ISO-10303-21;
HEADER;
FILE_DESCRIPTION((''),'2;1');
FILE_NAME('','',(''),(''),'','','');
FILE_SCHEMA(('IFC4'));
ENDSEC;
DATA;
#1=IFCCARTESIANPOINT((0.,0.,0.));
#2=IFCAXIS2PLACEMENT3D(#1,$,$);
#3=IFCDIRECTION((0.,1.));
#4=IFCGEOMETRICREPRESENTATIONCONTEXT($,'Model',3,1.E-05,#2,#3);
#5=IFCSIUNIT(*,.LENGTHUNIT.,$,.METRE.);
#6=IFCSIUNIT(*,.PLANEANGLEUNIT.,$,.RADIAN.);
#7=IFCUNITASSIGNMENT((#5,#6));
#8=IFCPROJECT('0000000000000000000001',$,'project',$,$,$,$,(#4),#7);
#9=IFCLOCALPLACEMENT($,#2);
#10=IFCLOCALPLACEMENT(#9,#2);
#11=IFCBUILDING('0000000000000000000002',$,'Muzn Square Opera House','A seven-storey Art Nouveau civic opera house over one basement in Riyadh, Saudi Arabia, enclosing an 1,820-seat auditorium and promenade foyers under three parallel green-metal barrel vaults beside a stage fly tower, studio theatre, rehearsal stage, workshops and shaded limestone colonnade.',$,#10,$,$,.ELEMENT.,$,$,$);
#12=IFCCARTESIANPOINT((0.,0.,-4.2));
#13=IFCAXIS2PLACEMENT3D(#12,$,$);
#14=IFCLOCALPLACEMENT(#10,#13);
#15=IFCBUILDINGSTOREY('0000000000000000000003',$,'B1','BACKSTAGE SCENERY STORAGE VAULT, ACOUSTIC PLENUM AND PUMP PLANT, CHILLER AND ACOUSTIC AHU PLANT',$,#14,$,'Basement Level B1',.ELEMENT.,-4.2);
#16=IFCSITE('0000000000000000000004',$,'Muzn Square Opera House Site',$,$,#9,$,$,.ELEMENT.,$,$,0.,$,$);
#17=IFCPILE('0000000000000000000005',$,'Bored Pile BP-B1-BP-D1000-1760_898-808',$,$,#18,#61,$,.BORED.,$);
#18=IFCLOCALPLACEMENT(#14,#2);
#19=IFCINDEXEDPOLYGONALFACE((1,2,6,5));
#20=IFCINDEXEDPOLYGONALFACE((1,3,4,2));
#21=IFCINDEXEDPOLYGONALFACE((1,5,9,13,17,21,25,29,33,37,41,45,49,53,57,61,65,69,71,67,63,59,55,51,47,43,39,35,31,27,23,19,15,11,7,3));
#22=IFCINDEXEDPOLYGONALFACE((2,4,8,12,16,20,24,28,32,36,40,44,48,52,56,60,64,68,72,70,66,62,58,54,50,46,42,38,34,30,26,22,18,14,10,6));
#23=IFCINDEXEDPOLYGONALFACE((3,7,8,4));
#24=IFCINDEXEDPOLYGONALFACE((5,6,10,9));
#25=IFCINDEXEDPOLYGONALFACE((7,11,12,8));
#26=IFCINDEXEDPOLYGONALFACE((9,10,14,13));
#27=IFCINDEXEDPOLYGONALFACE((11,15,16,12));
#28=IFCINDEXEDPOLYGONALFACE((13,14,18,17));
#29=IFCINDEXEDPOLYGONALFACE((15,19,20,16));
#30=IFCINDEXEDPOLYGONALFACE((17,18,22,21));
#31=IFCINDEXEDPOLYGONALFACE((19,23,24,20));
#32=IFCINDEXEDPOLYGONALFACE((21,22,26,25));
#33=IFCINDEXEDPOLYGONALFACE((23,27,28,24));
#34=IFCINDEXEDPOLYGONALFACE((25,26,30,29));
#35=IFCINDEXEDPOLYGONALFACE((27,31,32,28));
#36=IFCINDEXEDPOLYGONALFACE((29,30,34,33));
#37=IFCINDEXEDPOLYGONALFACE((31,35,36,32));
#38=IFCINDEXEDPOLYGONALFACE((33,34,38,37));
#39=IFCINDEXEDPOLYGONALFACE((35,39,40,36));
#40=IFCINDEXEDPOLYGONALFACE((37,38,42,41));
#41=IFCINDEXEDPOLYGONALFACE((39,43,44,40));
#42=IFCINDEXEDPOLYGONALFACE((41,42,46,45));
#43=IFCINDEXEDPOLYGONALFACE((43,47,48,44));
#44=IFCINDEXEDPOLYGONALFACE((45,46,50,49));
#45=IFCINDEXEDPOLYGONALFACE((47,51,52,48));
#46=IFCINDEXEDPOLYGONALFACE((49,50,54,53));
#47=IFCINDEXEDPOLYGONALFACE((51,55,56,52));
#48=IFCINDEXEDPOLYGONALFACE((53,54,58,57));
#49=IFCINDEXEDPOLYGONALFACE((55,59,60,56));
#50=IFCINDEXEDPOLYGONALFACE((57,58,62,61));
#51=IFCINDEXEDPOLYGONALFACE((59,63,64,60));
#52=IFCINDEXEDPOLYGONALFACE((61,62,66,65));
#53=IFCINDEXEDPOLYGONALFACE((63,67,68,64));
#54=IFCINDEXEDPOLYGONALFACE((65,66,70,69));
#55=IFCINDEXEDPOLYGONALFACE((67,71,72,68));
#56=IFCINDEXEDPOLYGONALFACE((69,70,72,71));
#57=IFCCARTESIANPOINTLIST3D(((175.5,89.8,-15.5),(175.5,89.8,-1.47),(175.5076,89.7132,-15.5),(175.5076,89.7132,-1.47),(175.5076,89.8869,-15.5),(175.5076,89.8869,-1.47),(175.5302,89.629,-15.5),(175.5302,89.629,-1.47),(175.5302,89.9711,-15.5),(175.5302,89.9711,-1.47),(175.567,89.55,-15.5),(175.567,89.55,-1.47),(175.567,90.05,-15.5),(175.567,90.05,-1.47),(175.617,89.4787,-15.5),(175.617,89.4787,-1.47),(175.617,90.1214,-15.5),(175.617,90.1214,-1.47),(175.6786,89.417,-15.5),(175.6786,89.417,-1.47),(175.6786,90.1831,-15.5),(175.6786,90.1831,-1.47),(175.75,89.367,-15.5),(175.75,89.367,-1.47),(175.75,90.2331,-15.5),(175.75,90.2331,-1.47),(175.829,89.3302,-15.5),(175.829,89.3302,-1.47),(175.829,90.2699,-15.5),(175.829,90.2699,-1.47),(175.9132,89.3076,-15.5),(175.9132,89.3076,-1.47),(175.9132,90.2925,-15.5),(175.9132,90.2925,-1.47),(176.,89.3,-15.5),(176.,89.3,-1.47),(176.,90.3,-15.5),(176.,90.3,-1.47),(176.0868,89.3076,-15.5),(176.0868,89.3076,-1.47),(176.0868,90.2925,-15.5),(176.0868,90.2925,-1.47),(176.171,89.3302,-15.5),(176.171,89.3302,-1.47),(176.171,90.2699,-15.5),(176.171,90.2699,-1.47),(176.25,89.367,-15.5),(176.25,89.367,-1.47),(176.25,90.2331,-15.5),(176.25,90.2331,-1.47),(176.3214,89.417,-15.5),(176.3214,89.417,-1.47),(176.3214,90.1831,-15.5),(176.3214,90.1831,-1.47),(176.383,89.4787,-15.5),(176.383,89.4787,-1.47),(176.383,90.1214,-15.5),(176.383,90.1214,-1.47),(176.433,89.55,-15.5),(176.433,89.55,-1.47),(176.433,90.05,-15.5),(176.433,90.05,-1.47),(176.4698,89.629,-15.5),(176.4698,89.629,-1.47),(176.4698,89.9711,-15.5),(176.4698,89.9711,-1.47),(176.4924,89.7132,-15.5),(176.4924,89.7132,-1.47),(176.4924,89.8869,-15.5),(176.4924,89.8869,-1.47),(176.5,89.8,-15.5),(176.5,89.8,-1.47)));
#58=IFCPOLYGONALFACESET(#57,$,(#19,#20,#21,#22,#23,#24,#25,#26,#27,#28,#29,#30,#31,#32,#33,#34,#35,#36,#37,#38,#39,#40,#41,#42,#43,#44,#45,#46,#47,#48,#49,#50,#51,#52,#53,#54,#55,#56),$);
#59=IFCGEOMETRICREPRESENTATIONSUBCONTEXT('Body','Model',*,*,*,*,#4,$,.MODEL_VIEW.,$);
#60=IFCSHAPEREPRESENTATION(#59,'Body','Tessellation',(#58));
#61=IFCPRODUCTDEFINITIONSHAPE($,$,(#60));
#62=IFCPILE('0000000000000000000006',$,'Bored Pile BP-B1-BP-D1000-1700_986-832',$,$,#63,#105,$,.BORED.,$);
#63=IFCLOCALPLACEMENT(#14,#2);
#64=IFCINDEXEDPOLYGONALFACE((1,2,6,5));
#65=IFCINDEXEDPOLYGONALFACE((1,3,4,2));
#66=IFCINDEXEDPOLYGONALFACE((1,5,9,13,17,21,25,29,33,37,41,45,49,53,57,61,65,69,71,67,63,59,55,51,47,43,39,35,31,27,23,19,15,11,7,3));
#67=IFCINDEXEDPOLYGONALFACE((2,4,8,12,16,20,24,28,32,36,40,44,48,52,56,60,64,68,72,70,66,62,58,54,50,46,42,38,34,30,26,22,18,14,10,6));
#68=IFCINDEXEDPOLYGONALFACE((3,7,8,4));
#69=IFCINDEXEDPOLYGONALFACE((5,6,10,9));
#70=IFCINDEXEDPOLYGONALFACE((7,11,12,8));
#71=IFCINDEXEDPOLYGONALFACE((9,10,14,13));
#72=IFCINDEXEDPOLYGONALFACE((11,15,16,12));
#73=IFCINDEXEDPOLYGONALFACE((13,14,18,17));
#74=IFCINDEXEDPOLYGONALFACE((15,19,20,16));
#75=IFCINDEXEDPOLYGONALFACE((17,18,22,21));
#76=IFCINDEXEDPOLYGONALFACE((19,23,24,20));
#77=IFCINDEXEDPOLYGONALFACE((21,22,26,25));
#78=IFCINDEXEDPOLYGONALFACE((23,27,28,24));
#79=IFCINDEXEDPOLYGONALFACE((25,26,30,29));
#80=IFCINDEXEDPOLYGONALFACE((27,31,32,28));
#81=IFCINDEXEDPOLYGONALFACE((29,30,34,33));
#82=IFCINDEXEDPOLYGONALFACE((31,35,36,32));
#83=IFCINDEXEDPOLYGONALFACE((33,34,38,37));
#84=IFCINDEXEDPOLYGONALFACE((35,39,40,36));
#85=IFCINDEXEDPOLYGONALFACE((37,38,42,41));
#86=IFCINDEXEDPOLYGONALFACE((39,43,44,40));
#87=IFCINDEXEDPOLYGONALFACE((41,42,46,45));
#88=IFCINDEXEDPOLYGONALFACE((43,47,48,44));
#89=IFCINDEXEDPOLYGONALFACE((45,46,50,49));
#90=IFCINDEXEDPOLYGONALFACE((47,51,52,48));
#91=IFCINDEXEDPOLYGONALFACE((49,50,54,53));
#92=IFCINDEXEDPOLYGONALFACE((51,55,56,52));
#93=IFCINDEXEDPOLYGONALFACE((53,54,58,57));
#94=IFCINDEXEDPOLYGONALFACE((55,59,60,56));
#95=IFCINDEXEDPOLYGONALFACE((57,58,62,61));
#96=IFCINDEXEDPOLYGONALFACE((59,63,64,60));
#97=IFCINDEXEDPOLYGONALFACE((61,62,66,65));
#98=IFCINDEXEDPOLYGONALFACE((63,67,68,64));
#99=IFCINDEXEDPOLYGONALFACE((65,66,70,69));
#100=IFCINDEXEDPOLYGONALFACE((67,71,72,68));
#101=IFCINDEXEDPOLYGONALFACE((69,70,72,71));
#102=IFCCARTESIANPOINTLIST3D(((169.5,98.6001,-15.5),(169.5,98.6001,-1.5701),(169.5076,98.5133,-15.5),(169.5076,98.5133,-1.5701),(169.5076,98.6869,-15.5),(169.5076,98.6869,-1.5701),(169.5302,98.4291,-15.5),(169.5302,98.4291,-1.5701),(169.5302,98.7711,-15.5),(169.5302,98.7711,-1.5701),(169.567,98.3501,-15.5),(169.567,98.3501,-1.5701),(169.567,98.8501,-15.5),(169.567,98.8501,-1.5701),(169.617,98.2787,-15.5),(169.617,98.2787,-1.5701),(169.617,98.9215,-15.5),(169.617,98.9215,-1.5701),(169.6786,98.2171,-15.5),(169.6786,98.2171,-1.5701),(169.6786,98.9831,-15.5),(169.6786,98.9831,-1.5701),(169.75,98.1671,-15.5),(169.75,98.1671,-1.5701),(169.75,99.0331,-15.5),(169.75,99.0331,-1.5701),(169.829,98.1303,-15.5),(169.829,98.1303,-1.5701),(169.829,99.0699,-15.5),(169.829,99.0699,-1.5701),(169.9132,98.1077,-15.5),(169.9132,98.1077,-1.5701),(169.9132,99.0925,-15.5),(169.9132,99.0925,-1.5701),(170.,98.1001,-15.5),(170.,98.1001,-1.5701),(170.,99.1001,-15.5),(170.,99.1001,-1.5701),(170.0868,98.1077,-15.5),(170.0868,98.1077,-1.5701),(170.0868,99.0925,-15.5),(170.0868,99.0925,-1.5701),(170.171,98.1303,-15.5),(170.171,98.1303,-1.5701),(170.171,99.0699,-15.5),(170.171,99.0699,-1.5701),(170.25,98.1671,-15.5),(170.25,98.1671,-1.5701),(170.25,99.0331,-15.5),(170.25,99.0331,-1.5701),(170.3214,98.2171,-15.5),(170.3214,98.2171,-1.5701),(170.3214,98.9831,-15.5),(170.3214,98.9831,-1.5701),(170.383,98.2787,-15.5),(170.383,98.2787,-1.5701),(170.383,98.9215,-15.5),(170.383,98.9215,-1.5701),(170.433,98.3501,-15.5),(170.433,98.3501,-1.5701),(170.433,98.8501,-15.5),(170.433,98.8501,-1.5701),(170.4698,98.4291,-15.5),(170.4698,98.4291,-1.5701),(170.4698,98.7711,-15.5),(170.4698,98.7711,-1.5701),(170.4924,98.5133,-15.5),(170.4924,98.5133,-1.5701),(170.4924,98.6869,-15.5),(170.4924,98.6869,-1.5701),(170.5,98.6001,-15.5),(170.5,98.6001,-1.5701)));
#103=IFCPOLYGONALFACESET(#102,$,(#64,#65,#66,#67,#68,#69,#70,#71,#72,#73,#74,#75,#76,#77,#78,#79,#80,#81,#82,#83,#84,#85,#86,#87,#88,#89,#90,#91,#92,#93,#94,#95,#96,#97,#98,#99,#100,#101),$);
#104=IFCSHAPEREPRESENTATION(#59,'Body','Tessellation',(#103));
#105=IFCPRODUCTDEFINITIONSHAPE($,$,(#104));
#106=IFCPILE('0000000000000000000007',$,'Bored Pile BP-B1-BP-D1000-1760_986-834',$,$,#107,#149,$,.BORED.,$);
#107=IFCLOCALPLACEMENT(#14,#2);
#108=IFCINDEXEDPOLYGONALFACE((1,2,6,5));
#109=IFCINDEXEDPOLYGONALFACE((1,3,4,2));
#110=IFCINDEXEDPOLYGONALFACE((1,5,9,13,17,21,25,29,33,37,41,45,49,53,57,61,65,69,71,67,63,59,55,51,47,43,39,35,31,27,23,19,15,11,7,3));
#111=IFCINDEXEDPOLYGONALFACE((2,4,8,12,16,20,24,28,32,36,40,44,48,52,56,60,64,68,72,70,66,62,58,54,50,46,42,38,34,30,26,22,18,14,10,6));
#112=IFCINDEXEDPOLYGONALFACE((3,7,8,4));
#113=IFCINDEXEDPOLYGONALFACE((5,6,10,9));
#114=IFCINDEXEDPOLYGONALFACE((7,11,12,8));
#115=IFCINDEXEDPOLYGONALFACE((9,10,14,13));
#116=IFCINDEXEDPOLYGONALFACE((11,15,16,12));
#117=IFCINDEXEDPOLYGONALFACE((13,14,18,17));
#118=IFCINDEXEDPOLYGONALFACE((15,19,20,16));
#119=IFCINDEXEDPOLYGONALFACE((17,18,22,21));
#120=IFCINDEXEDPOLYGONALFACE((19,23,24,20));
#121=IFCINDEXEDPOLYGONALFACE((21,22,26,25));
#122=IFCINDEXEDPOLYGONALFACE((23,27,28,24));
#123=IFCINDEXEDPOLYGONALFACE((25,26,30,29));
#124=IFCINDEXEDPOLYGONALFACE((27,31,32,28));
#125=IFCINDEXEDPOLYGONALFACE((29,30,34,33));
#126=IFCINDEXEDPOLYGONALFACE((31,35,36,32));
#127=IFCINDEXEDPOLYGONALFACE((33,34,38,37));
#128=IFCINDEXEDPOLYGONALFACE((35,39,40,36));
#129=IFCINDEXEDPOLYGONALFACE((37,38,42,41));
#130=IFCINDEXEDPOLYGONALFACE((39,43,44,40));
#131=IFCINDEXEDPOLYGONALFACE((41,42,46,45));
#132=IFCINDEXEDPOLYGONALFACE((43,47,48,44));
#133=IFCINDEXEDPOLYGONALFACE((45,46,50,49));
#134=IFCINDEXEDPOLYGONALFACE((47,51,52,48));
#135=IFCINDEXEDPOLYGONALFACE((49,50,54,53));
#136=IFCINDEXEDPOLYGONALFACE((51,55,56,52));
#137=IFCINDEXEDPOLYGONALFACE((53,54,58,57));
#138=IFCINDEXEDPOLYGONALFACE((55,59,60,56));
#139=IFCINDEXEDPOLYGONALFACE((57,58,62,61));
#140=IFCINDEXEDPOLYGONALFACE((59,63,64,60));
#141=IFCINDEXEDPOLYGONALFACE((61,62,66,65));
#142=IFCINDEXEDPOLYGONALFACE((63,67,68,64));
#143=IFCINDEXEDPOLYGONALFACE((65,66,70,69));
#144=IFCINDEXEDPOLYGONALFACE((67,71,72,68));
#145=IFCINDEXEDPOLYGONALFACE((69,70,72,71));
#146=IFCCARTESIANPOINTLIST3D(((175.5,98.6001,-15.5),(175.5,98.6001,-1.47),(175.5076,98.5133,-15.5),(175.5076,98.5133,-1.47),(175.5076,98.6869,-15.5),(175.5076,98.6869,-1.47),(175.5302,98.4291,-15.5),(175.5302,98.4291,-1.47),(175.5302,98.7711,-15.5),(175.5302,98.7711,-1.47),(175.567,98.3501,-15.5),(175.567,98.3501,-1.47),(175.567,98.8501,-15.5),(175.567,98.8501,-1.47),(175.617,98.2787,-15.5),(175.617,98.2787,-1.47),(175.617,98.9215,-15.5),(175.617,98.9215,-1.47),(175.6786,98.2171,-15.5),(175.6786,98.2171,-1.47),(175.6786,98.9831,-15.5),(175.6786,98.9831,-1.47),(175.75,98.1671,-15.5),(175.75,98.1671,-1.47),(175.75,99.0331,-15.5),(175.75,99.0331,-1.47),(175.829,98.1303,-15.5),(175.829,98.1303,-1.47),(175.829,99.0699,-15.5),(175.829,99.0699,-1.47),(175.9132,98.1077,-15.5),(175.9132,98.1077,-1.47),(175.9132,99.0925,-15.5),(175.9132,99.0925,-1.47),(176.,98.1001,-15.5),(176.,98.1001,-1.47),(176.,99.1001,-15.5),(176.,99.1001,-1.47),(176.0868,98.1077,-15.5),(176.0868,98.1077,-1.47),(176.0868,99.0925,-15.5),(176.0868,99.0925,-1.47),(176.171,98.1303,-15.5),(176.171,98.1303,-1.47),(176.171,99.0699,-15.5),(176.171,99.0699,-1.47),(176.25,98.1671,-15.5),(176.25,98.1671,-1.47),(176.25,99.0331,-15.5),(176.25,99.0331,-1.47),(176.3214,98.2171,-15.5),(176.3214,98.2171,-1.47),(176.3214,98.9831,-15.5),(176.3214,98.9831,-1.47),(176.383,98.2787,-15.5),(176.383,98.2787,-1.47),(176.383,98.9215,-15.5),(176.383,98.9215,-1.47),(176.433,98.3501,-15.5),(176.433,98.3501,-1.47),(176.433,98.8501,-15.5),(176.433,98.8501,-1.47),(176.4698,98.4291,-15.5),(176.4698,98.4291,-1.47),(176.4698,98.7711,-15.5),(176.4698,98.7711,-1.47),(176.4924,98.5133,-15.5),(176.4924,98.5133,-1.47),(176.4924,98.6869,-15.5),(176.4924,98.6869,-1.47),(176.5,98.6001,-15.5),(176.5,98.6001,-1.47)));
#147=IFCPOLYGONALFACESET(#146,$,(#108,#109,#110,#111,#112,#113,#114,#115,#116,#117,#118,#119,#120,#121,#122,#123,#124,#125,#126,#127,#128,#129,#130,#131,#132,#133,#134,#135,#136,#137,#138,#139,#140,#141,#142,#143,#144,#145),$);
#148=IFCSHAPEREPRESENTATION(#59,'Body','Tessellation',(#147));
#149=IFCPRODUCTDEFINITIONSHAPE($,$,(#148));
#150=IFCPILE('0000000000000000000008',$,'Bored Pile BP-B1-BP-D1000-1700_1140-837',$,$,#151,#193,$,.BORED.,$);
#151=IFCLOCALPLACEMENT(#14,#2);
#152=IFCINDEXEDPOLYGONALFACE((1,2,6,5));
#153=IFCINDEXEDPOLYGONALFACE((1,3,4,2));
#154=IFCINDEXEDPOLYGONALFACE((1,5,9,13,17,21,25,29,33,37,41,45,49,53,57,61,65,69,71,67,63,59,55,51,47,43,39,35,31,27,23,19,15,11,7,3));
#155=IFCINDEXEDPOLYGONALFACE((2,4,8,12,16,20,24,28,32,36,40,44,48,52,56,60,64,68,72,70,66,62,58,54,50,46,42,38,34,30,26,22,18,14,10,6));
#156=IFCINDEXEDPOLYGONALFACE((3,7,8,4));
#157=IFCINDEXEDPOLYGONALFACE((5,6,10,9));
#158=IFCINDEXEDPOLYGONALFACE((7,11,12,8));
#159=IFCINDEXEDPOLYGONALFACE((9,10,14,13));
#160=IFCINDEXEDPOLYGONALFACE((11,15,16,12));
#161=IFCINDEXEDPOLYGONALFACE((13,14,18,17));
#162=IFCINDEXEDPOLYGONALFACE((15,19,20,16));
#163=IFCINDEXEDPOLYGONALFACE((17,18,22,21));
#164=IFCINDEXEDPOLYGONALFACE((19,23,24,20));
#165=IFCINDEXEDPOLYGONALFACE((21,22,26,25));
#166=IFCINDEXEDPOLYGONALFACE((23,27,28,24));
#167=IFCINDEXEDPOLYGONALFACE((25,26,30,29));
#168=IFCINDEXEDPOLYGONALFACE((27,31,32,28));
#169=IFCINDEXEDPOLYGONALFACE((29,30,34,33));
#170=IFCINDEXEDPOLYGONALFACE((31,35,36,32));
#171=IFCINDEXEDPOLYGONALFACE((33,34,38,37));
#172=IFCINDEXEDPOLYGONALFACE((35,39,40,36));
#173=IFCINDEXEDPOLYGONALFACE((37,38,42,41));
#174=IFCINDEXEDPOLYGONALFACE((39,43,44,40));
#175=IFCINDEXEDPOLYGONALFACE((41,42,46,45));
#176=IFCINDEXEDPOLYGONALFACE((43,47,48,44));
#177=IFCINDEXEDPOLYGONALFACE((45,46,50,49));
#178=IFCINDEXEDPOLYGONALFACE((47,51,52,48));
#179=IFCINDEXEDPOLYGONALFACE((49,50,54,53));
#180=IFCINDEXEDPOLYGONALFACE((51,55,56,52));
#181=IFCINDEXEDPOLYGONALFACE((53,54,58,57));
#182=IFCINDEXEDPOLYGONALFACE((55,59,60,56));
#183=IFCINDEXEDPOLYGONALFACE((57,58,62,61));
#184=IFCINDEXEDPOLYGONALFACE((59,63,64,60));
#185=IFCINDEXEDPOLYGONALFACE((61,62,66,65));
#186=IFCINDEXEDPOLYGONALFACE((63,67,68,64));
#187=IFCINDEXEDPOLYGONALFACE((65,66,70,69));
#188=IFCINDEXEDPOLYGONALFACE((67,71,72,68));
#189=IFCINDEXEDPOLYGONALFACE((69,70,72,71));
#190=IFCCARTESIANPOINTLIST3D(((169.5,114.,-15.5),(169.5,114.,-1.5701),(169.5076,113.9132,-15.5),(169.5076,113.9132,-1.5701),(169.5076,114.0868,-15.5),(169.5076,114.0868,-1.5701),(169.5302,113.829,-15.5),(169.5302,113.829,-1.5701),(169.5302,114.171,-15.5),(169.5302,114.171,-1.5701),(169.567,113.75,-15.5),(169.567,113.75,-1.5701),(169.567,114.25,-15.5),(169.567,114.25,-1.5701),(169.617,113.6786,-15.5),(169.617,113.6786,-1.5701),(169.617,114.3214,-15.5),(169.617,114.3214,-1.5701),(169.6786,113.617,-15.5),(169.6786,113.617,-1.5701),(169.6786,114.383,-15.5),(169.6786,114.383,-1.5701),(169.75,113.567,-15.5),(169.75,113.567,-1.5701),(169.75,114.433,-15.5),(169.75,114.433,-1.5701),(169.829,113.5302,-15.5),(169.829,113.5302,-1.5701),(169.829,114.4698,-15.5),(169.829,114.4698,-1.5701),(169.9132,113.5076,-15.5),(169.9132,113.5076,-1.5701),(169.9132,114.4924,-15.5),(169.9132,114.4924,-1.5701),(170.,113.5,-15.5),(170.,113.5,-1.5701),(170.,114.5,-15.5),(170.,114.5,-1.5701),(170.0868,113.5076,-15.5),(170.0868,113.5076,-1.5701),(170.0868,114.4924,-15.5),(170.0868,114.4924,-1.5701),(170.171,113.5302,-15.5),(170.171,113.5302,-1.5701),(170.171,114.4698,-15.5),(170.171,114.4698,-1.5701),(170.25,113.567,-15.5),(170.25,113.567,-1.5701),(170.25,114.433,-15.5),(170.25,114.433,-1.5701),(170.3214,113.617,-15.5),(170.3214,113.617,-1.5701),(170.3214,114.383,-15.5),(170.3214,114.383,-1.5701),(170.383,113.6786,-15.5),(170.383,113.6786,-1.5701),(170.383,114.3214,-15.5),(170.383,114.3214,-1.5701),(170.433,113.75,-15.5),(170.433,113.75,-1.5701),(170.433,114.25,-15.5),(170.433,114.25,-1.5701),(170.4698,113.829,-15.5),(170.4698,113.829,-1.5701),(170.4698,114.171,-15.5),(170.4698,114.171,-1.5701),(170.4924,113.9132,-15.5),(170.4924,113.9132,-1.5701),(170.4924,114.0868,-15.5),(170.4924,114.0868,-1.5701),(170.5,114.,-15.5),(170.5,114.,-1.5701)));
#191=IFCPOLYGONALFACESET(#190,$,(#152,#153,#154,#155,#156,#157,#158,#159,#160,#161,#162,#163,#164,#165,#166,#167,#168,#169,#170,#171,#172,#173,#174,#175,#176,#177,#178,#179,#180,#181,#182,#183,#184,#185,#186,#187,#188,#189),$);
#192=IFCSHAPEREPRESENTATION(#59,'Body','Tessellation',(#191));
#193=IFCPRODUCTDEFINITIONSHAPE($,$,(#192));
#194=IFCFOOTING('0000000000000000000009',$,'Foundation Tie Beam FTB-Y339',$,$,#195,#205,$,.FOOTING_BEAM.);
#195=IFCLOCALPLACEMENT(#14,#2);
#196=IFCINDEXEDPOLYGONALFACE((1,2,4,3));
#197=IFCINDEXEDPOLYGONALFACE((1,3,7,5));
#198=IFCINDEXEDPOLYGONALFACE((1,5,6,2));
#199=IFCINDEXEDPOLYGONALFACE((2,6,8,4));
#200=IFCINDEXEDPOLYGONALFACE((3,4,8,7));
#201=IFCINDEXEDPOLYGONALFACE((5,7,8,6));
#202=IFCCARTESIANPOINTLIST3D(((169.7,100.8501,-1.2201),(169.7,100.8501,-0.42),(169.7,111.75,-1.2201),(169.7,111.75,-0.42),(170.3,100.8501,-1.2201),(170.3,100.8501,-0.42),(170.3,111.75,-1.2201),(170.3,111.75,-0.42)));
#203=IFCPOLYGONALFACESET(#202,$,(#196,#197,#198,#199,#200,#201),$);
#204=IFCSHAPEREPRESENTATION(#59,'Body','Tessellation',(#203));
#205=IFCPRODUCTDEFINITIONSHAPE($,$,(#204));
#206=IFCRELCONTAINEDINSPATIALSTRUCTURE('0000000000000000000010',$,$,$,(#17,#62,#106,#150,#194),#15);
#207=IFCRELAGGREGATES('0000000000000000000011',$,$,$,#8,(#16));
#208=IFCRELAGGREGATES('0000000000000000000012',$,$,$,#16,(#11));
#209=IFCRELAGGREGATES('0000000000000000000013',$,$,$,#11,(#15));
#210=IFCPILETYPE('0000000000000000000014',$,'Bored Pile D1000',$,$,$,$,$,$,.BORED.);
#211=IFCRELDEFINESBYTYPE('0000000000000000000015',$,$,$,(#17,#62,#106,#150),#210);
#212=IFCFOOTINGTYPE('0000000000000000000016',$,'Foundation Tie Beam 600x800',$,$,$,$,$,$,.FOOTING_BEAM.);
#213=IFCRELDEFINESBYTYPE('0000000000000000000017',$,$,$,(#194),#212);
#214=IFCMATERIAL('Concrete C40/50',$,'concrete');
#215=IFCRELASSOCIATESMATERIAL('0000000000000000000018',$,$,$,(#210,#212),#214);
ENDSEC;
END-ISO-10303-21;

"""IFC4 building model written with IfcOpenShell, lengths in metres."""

from ifc_helpers import new_model, si_unit, direction, frame, origin, origin_2d, place, context, subcontext, project, spatial, rectangle, circle, extrude, material, material_profile, profile_set, type_object, element, save


model = new_model("IFC4")

# Units and contexts
model_context = context("Model", 3, precision=1e-05, world=origin(), true_north=direction((0.0, 1.0)))
body_context = subcontext(model_context, "Body", "Model", "MODEL_VIEW")
ifc_project = project(units=[si_unit("LENGTHUNIT", "METRE"), si_unit("PLANEANGLEUNIT", "RADIAN")], contexts=[model_context])

# Site, building, storey
site_placement = place(None, origin())
site = spatial("IfcSite", under=ifc_project, at=site_placement, Name="Muzn Square Opera House Site", CompositionType="ELEMENT", RefElevation=0.0)
building_placement = place(site_placement, origin())
building = spatial("IfcBuilding", under=site, at=building_placement, Name="Muzn Square Opera House", Description="A seven-storey Art Nouveau civic opera house over one basement in Riyadh, Saudi Arabia, enclosing an 1,820-seat auditorium and promenade foyers under three parallel green-metal barrel vaults beside a stage fly tower, studio theatre, rehearsal stage, workshops and shaded limestone colonnade.", CompositionType="ELEMENT")
storey_placement = place(building_placement, frame((0.0, 0.0, -4.2)))
storey = spatial("IfcBuildingStorey", under=building, at=storey_placement, Name="B1", Description="BACKSTAGE SCENERY STORAGE VAULT, ACOUSTIC PLENUM AND PUMP PLANT, CHILLER AND ACOUSTIC AHU PLANT", LongName="Basement Level B1", CompositionType="ELEMENT", Elevation=-4.2)

# Piles
ifc_material_1 = material(Name="Concrete C40/50", Category="concrete")
ifc_material_profile_1 = material_profile(ifc_material_1, circle(Radius=0.5, at=origin_2d()), Name="BORED PILE D1000", Category="concrete")
ifc_profile_set_1 = profile_set([ifc_material_profile_1], Name="Concrete C40/50")
pile_type = type_object("IfcPileType", Name="Bored Pile D1000", PredefinedType="BORED", material=ifc_profile_set_1)
pile_1_placement = place(storey_placement, frame((176.0, 89.8, -1.47), z_axis=(0.0, 0.0, -1.0), x_axis=(1.0, 0.0, 0.0)))
element("IfcPile", 1, at=pile_1_placement, inside=storey, type_object=pile_type, Name="Bored Pile BP-B1-BP-D1000-1760_898-808", PredefinedType="BORED", context=body_context, shape_type="SweptSolid", body=[
    extrude(circle(Radius=0.5, at=origin_2d()), origin(), (0.0, 0.0, 1.0), 14.03),
])
pile_2_placement = place(storey_placement, frame((170.0, 98.6001, -1.5701), z_axis=(0.0, 0.0, -1.0), x_axis=(1.0, 0.0, 0.0)))
element("IfcPile", 2, at=pile_2_placement, inside=storey, type_object=pile_type, Name="Bored Pile BP-B1-BP-D1000-1700_986-832", PredefinedType="BORED", context=body_context, shape_type="SweptSolid", body=[
    extrude(circle(Radius=0.5, at=origin_2d()), origin(), (0.0, 0.0, 1.0), 13.9299),
])
pile_3_placement = place(storey_placement, frame((176.0, 98.6001, -1.47), z_axis=(0.0, 0.0, -1.0), x_axis=(1.0, 0.0, 0.0)))
element("IfcPile", 3, at=pile_3_placement, inside=storey, type_object=pile_type, Name="Bored Pile BP-B1-BP-D1000-1760_986-834", PredefinedType="BORED", context=body_context, shape_type="SweptSolid", body=[
    extrude(circle(Radius=0.5, at=origin_2d()), origin(), (0.0, 0.0, 1.0), 14.03),
])
pile_4_placement = place(storey_placement, frame((170.0, 114.0, -1.5701), z_axis=(0.0, 0.0, -1.0), x_axis=(1.0, 0.0, 0.0)))
element("IfcPile", 4, at=pile_4_placement, inside=storey, type_object=pile_type, Name="Bored Pile BP-B1-BP-D1000-1700_1140-837", PredefinedType="BORED", context=body_context, shape_type="SweptSolid", body=[
    extrude(circle(Radius=0.5, at=origin_2d()), origin(), (0.0, 0.0, 1.0), 13.9299),
])

# Footing
ifc_material_profile_2 = material_profile(ifc_material_1, rectangle(XDim=0.6001, YDim=0.8, at=origin_2d()), Name="RCTB 600x800", Category="concrete")
ifc_profile_set_2 = profile_set([ifc_material_profile_2], Name="Concrete C40/50")
footing_type_1 = type_object("IfcFootingType", Name="Foundation Tie Beam 600x800", PredefinedType="FOOTING_BEAM", material=ifc_profile_set_2)
footing_1_placement = place(storey_placement, frame((170.0, 100.8501, -0.8201), z_axis=(0.0, 1.0, 0.0), x_axis=(-1.0, 0.0, 0.0)))
element("IfcFooting", 5, at=footing_1_placement, inside=storey, type_object=footing_type_1, Name="Foundation Tie Beam FTB-Y339", PredefinedType="FOOTING_BEAM", context=body_context, shape_type="SweptSolid", body=[
    extrude(rectangle(XDim=0.6001, YDim=0.8, at=origin_2d()), origin(), (0.0, 0.0, 1.0), 10.8999),
])

save(model, "model.ifc")
